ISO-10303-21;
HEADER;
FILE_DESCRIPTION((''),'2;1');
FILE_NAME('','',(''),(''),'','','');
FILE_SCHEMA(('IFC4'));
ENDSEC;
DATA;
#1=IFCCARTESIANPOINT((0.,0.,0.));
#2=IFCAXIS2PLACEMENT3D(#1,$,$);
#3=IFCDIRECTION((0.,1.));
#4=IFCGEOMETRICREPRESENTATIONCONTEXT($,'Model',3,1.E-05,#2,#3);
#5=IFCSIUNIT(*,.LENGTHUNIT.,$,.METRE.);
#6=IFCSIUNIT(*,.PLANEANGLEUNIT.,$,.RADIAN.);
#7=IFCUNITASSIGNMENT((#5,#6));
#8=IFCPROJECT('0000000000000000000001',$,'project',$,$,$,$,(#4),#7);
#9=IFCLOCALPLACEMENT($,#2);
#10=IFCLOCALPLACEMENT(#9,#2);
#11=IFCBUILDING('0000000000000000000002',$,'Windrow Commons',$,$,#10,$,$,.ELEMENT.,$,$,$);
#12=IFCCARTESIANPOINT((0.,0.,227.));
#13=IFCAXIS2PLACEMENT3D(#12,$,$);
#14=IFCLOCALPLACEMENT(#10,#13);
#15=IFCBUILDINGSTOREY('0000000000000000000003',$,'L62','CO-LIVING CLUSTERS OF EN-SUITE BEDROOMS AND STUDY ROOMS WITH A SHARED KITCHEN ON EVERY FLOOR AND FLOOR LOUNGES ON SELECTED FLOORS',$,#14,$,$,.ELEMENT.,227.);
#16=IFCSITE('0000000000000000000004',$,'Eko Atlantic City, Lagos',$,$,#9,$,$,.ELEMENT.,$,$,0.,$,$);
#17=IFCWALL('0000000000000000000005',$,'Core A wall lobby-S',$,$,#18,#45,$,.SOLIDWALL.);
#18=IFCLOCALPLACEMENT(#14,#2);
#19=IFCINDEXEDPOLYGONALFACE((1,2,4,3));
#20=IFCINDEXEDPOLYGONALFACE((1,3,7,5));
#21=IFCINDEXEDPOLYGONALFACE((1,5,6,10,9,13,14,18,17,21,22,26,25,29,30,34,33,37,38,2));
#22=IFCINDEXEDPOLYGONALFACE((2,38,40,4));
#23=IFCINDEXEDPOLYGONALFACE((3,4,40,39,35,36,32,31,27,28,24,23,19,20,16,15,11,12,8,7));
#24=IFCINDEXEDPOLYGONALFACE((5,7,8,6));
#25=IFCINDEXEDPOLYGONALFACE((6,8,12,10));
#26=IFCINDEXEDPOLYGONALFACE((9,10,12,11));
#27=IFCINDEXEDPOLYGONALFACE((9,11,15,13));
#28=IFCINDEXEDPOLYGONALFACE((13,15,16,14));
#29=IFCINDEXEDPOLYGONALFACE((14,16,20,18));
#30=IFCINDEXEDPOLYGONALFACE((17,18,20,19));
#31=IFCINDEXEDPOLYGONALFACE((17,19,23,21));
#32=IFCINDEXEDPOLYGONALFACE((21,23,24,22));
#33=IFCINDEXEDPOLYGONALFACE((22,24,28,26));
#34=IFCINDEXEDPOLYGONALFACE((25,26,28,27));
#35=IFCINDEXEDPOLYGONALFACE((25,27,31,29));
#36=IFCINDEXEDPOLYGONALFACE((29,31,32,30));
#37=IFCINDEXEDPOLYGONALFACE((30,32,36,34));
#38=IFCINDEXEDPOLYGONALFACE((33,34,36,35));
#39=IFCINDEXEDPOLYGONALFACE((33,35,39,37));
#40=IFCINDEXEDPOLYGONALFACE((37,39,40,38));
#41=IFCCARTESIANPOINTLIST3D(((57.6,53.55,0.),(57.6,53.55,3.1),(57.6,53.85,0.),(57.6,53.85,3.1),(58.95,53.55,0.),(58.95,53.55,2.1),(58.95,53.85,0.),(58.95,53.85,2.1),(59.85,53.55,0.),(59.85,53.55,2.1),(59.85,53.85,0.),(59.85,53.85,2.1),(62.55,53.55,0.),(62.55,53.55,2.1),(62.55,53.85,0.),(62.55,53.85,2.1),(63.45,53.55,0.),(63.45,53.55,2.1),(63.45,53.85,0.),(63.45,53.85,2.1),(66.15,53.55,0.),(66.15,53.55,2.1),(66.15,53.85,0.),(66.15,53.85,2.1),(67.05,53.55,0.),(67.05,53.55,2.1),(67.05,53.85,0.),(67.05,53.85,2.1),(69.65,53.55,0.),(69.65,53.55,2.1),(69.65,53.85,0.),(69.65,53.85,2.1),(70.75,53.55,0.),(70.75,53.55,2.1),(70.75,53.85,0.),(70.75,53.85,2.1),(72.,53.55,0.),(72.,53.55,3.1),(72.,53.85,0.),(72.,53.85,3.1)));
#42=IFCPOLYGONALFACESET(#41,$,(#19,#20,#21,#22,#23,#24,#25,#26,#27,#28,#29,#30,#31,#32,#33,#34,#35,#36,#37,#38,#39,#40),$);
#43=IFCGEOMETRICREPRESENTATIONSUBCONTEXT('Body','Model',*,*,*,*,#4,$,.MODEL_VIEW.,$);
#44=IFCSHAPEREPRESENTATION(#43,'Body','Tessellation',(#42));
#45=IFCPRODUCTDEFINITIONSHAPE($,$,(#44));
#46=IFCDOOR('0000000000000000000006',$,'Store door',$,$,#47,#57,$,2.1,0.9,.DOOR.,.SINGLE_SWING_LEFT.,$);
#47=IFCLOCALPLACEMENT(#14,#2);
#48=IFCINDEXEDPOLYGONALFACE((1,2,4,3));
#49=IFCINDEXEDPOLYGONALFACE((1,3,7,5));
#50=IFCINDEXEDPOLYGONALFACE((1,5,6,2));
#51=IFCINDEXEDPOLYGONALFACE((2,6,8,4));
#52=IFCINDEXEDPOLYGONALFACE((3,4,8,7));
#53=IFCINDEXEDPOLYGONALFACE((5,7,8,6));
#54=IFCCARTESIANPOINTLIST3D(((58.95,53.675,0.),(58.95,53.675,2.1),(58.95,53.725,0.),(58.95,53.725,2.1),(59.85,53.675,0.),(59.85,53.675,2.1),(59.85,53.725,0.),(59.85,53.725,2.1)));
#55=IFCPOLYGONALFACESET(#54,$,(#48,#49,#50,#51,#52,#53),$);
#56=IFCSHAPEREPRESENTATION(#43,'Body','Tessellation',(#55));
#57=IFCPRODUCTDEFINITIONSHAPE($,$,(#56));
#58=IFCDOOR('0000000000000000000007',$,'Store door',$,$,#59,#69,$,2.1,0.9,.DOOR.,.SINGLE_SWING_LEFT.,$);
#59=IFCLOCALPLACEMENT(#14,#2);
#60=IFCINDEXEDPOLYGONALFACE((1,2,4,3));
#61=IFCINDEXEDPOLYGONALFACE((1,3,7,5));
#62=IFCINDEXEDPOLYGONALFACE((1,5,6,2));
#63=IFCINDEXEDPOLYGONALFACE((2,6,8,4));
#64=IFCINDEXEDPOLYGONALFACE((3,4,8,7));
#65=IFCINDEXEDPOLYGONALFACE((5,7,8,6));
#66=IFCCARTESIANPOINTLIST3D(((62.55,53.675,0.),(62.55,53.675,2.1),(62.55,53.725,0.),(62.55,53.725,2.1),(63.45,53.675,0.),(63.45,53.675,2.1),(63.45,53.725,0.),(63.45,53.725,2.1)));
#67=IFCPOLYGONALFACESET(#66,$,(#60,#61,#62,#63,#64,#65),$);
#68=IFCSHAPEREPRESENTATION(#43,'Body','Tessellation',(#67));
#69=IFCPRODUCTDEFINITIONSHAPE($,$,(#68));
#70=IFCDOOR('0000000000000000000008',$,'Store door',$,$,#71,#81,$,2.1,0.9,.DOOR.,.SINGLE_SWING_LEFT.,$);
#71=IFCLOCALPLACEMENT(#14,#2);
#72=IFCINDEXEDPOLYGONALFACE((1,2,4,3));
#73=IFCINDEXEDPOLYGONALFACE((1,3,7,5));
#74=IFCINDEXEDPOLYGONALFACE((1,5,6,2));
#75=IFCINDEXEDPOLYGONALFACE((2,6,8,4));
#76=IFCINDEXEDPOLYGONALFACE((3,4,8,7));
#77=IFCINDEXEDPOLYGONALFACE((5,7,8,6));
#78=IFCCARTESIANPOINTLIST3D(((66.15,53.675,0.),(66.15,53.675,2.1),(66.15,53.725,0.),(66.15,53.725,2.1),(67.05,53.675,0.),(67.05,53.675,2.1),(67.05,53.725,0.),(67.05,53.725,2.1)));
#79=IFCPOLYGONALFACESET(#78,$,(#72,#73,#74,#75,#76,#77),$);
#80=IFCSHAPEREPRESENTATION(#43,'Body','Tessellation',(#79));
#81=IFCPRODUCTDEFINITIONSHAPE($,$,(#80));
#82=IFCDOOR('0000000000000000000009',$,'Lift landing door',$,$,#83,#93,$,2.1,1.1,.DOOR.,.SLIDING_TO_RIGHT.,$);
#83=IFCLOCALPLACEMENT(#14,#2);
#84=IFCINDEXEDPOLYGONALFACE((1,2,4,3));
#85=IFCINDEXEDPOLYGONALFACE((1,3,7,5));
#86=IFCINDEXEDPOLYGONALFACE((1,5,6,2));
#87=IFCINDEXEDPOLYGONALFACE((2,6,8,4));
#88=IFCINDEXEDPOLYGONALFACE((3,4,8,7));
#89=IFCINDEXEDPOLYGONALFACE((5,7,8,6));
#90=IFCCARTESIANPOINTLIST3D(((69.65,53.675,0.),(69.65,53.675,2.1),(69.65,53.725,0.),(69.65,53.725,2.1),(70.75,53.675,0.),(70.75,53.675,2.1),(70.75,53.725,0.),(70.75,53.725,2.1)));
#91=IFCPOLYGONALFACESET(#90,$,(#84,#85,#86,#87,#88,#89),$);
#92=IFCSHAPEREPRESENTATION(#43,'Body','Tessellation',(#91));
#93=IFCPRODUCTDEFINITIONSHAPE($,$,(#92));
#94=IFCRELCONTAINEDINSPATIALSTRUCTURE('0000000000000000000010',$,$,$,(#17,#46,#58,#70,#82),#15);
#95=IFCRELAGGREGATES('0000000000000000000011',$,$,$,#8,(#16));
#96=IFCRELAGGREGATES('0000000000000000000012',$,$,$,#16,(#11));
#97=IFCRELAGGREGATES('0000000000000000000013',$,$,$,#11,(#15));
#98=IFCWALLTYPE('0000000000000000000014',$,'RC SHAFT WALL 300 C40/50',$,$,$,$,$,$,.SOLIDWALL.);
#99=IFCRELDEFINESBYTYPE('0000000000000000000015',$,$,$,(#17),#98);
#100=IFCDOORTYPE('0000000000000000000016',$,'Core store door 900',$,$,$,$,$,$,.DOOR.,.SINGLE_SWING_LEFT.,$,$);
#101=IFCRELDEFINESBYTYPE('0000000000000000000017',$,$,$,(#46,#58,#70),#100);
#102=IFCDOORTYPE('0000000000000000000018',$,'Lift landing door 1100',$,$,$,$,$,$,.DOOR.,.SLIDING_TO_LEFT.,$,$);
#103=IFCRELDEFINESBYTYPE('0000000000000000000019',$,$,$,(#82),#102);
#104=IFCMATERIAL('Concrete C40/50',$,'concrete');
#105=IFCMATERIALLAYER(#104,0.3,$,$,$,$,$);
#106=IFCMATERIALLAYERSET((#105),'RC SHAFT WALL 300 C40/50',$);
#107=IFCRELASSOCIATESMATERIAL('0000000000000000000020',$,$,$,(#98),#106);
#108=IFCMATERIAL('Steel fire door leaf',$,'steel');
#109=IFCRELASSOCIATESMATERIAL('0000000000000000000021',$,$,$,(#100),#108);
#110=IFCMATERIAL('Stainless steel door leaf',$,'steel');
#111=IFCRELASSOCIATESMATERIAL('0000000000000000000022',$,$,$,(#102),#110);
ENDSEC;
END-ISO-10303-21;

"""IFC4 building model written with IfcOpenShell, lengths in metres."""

from ifc_helpers import new_model, si_unit, direction, frame, frame_2d, origin, place, context, subcontext, project, spatial, rectangle, extrude, material, layer, layer_set, type_object, element, fill, save


model = new_model("IFC4")

# Units and contexts
model_context = context("Model", 3, precision=1e-05, world=origin(), true_north=direction((0.0, 1.0)))
body_context = subcontext(model_context, "Body", "Model", "MODEL_VIEW")
ifc_project = project(units=[si_unit("LENGTHUNIT", "METRE"), si_unit("PLANEANGLEUNIT", "RADIAN")], contexts=[model_context])

# Site, building, storey
site_placement = place(None, origin())
site = spatial("IfcSite", under=ifc_project, at=site_placement, Name="Eko Atlantic City, Lagos", CompositionType="ELEMENT", RefElevation=0.0)
building_placement = place(site_placement, origin())
building = spatial("IfcBuilding", under=site, at=building_placement, Name="Windrow Commons", CompositionType="ELEMENT")
storey_placement = place(building_placement, frame((0.0, 0.0, 227.0)))
storey = spatial("IfcBuildingStorey", under=building, at=storey_placement, Name="L62", Description="CO-LIVING CLUSTERS OF EN-SUITE BEDROOMS AND STUDY ROOMS WITH A SHARED KITCHEN ON EVERY FLOOR AND FLOOR LOUNGES ON SELECTED FLOORS", CompositionType="ELEMENT", Elevation=227.0)

# Wall, openings, doors
ifc_material_1 = material(Name="Concrete C40/50", Category="concrete")
ifc_layer_1 = layer(ifc_material_1, 0.3)
ifc_layer_set_1 = layer_set([ifc_layer_1], Name="RC SHAFT WALL 300 C40/50")
wall_type_1 = type_object("IfcWallType", Name="RC SHAFT WALL 300 C40/50", PredefinedType="SOLIDWALL", material=ifc_layer_set_1)
wall_1_placement = place(storey_placement, frame((57.6, 53.7, 0.0), z_axis=(0.0, 0.0, 1.0), x_axis=(1.0, 0.0, 0.0)))
wall_1 = element("IfcWall", 1, at=wall_1_placement, inside=storey, type_object=wall_type_1, Name="Core A wall lobby-S", PredefinedType="SOLIDWALL", context=body_context, shape_type="SweptSolid", body=[
    extrude(rectangle(XDim=14.4, YDim=0.3, at=frame_2d((7.2, 0.0))), origin(), (0.0, 0.0, 1.0), 3.1),
])
opening_1_placement = place(wall_1_placement, frame((1.35, 0.0, 0.0)))
opening_1 = element("IfcOpeningElement", 2, at=opening_1_placement, cuts=wall_1, PredefinedType="OPENING", context=body_context, shape_type="SweptSolid", body=[
    extrude(rectangle(XDim=0.9, YDim=2.1, at=frame_2d((0.45, 1.05))), frame((0.0, 0.16, 0.0), z_axis=(0.0, -1.0, 0.0), x_axis=(1.0, 0.0, 0.0)), (0.0, 0.0, 1.0), 0.32),
])
opening_2_placement = place(wall_1_placement, frame((4.95, 0.0, 0.0)))
opening_2 = element("IfcOpeningElement", 3, at=opening_2_placement, cuts=wall_1, PredefinedType="OPENING", context=body_context, shape_type="SweptSolid", body=[
    extrude(rectangle(XDim=0.9, YDim=2.1, at=frame_2d((0.45, 1.05))), frame((0.0, 0.16, 0.0), z_axis=(0.0, -1.0, 0.0), x_axis=(1.0, 0.0, 0.0)), (0.0, 0.0, 1.0), 0.32),
])
opening_3_placement = place(wall_1_placement, frame((8.55, 0.0, 0.0)))
opening_3 = element("IfcOpeningElement", 4, at=opening_3_placement, cuts=wall_1, PredefinedType="OPENING", context=body_context, shape_type="SweptSolid", body=[
    extrude(rectangle(XDim=0.9, YDim=2.1, at=frame_2d((0.45, 1.05))), frame((0.0, 0.16, 0.0), z_axis=(0.0, -1.0, 0.0), x_axis=(1.0, 0.0, 0.0)), (0.0, 0.0, 1.0), 0.32),
])
opening_4_placement = place(wall_1_placement, frame((12.05, 0.0, 0.0)))
opening_4 = element("IfcOpeningElement", 5, at=opening_4_placement, cuts=wall_1, PredefinedType="OPENING", context=body_context, shape_type="SweptSolid", body=[
    extrude(rectangle(XDim=1.1, YDim=2.1, at=frame_2d((0.55, 1.05))), frame((0.0, 0.16, 0.0), z_axis=(0.0, -1.0, 0.0), x_axis=(1.0, 0.0, 0.0)), (0.0, 0.0, 1.0), 0.32),
])
ifc_material_2 = material(Name="Steel fire door leaf", Category="steel")
door_type_1 = type_object("IfcDoorType", Name="Core store door 900", OperationType="SINGLE_SWING_LEFT", PredefinedType="DOOR", material=ifc_material_2)
door_1_placement = place(opening_1_placement, origin())
door_1 = element("IfcDoor", 6, at=door_1_placement, inside=storey, type_object=door_type_1, Name="Store door", OperationType="SINGLE_SWING_LEFT", OverallHeight=2.1, OverallWidth=0.9, PredefinedType="DOOR", context=body_context, shape_type="SweptSolid", body=[
    extrude(rectangle(XDim=0.9, YDim=2.1, at=frame_2d((0.45, 1.05))), frame((0.0, 0.025, 0.0), z_axis=(0.0, -1.0, 0.0), x_axis=(1.0, 0.0, 0.0)), (0.0, 0.0, 1.0), 0.05),
])
fill(opening_1, door_1)
door_2_placement = place(opening_2_placement, origin())
door_2 = element("IfcDoor", 7, at=door_2_placement, inside=storey, type_object=door_type_1, Name="Store door", OperationType="SINGLE_SWING_LEFT", OverallHeight=2.1, OverallWidth=0.9, PredefinedType="DOOR", context=body_context, shape_type="SweptSolid", body=[
    extrude(rectangle(XDim=0.9, YDim=2.1, at=frame_2d((0.45, 1.05))), frame((0.0, 0.025, 0.0), z_axis=(0.0, -1.0, 0.0), x_axis=(1.0, 0.0, 0.0)), (0.0, 0.0, 1.0), 0.05),
])
fill(opening_2, door_2)
door_3_placement = place(opening_3_placement, origin())
door_3 = element("IfcDoor", 8, at=door_3_placement, inside=storey, type_object=door_type_1, Name="Store door", OperationType="SINGLE_SWING_LEFT", OverallHeight=2.1, OverallWidth=0.9, PredefinedType="DOOR", context=body_context, shape_type="SweptSolid", body=[
    extrude(rectangle(XDim=0.9, YDim=2.1, at=frame_2d((0.45, 1.05))), frame((0.0, 0.025, 0.0), z_axis=(0.0, -1.0, 0.0), x_axis=(1.0, 0.0, 0.0)), (0.0, 0.0, 1.0), 0.05),
])
fill(opening_3, door_3)
ifc_material_3 = material(Name="Stainless steel door leaf", Category="steel")
door_type_2 = type_object("IfcDoorType", Name="Lift landing door 1100", OperationType="SLIDING_TO_LEFT", PredefinedType="DOOR", material=ifc_material_3)
door_4_placement = place(opening_4_placement, origin())
door_4 = element("IfcDoor", 9, at=door_4_placement, inside=storey, type_object=door_type_2, Name="Lift landing door", OperationType="SLIDING_TO_RIGHT", OverallHeight=2.1, OverallWidth=1.1, PredefinedType="DOOR", context=body_context, shape_type="SweptSolid", body=[
    extrude(rectangle(XDim=1.1, YDim=2.1, at=frame_2d((0.55, 1.05))), frame((0.0, 0.025, 0.0), z_axis=(0.0, -1.0, 0.0), x_axis=(1.0, 0.0, 0.0)), (0.0, 0.0, 1.0), 0.05),
])
fill(opening_4, door_4)

save(model, "model.ifc")
